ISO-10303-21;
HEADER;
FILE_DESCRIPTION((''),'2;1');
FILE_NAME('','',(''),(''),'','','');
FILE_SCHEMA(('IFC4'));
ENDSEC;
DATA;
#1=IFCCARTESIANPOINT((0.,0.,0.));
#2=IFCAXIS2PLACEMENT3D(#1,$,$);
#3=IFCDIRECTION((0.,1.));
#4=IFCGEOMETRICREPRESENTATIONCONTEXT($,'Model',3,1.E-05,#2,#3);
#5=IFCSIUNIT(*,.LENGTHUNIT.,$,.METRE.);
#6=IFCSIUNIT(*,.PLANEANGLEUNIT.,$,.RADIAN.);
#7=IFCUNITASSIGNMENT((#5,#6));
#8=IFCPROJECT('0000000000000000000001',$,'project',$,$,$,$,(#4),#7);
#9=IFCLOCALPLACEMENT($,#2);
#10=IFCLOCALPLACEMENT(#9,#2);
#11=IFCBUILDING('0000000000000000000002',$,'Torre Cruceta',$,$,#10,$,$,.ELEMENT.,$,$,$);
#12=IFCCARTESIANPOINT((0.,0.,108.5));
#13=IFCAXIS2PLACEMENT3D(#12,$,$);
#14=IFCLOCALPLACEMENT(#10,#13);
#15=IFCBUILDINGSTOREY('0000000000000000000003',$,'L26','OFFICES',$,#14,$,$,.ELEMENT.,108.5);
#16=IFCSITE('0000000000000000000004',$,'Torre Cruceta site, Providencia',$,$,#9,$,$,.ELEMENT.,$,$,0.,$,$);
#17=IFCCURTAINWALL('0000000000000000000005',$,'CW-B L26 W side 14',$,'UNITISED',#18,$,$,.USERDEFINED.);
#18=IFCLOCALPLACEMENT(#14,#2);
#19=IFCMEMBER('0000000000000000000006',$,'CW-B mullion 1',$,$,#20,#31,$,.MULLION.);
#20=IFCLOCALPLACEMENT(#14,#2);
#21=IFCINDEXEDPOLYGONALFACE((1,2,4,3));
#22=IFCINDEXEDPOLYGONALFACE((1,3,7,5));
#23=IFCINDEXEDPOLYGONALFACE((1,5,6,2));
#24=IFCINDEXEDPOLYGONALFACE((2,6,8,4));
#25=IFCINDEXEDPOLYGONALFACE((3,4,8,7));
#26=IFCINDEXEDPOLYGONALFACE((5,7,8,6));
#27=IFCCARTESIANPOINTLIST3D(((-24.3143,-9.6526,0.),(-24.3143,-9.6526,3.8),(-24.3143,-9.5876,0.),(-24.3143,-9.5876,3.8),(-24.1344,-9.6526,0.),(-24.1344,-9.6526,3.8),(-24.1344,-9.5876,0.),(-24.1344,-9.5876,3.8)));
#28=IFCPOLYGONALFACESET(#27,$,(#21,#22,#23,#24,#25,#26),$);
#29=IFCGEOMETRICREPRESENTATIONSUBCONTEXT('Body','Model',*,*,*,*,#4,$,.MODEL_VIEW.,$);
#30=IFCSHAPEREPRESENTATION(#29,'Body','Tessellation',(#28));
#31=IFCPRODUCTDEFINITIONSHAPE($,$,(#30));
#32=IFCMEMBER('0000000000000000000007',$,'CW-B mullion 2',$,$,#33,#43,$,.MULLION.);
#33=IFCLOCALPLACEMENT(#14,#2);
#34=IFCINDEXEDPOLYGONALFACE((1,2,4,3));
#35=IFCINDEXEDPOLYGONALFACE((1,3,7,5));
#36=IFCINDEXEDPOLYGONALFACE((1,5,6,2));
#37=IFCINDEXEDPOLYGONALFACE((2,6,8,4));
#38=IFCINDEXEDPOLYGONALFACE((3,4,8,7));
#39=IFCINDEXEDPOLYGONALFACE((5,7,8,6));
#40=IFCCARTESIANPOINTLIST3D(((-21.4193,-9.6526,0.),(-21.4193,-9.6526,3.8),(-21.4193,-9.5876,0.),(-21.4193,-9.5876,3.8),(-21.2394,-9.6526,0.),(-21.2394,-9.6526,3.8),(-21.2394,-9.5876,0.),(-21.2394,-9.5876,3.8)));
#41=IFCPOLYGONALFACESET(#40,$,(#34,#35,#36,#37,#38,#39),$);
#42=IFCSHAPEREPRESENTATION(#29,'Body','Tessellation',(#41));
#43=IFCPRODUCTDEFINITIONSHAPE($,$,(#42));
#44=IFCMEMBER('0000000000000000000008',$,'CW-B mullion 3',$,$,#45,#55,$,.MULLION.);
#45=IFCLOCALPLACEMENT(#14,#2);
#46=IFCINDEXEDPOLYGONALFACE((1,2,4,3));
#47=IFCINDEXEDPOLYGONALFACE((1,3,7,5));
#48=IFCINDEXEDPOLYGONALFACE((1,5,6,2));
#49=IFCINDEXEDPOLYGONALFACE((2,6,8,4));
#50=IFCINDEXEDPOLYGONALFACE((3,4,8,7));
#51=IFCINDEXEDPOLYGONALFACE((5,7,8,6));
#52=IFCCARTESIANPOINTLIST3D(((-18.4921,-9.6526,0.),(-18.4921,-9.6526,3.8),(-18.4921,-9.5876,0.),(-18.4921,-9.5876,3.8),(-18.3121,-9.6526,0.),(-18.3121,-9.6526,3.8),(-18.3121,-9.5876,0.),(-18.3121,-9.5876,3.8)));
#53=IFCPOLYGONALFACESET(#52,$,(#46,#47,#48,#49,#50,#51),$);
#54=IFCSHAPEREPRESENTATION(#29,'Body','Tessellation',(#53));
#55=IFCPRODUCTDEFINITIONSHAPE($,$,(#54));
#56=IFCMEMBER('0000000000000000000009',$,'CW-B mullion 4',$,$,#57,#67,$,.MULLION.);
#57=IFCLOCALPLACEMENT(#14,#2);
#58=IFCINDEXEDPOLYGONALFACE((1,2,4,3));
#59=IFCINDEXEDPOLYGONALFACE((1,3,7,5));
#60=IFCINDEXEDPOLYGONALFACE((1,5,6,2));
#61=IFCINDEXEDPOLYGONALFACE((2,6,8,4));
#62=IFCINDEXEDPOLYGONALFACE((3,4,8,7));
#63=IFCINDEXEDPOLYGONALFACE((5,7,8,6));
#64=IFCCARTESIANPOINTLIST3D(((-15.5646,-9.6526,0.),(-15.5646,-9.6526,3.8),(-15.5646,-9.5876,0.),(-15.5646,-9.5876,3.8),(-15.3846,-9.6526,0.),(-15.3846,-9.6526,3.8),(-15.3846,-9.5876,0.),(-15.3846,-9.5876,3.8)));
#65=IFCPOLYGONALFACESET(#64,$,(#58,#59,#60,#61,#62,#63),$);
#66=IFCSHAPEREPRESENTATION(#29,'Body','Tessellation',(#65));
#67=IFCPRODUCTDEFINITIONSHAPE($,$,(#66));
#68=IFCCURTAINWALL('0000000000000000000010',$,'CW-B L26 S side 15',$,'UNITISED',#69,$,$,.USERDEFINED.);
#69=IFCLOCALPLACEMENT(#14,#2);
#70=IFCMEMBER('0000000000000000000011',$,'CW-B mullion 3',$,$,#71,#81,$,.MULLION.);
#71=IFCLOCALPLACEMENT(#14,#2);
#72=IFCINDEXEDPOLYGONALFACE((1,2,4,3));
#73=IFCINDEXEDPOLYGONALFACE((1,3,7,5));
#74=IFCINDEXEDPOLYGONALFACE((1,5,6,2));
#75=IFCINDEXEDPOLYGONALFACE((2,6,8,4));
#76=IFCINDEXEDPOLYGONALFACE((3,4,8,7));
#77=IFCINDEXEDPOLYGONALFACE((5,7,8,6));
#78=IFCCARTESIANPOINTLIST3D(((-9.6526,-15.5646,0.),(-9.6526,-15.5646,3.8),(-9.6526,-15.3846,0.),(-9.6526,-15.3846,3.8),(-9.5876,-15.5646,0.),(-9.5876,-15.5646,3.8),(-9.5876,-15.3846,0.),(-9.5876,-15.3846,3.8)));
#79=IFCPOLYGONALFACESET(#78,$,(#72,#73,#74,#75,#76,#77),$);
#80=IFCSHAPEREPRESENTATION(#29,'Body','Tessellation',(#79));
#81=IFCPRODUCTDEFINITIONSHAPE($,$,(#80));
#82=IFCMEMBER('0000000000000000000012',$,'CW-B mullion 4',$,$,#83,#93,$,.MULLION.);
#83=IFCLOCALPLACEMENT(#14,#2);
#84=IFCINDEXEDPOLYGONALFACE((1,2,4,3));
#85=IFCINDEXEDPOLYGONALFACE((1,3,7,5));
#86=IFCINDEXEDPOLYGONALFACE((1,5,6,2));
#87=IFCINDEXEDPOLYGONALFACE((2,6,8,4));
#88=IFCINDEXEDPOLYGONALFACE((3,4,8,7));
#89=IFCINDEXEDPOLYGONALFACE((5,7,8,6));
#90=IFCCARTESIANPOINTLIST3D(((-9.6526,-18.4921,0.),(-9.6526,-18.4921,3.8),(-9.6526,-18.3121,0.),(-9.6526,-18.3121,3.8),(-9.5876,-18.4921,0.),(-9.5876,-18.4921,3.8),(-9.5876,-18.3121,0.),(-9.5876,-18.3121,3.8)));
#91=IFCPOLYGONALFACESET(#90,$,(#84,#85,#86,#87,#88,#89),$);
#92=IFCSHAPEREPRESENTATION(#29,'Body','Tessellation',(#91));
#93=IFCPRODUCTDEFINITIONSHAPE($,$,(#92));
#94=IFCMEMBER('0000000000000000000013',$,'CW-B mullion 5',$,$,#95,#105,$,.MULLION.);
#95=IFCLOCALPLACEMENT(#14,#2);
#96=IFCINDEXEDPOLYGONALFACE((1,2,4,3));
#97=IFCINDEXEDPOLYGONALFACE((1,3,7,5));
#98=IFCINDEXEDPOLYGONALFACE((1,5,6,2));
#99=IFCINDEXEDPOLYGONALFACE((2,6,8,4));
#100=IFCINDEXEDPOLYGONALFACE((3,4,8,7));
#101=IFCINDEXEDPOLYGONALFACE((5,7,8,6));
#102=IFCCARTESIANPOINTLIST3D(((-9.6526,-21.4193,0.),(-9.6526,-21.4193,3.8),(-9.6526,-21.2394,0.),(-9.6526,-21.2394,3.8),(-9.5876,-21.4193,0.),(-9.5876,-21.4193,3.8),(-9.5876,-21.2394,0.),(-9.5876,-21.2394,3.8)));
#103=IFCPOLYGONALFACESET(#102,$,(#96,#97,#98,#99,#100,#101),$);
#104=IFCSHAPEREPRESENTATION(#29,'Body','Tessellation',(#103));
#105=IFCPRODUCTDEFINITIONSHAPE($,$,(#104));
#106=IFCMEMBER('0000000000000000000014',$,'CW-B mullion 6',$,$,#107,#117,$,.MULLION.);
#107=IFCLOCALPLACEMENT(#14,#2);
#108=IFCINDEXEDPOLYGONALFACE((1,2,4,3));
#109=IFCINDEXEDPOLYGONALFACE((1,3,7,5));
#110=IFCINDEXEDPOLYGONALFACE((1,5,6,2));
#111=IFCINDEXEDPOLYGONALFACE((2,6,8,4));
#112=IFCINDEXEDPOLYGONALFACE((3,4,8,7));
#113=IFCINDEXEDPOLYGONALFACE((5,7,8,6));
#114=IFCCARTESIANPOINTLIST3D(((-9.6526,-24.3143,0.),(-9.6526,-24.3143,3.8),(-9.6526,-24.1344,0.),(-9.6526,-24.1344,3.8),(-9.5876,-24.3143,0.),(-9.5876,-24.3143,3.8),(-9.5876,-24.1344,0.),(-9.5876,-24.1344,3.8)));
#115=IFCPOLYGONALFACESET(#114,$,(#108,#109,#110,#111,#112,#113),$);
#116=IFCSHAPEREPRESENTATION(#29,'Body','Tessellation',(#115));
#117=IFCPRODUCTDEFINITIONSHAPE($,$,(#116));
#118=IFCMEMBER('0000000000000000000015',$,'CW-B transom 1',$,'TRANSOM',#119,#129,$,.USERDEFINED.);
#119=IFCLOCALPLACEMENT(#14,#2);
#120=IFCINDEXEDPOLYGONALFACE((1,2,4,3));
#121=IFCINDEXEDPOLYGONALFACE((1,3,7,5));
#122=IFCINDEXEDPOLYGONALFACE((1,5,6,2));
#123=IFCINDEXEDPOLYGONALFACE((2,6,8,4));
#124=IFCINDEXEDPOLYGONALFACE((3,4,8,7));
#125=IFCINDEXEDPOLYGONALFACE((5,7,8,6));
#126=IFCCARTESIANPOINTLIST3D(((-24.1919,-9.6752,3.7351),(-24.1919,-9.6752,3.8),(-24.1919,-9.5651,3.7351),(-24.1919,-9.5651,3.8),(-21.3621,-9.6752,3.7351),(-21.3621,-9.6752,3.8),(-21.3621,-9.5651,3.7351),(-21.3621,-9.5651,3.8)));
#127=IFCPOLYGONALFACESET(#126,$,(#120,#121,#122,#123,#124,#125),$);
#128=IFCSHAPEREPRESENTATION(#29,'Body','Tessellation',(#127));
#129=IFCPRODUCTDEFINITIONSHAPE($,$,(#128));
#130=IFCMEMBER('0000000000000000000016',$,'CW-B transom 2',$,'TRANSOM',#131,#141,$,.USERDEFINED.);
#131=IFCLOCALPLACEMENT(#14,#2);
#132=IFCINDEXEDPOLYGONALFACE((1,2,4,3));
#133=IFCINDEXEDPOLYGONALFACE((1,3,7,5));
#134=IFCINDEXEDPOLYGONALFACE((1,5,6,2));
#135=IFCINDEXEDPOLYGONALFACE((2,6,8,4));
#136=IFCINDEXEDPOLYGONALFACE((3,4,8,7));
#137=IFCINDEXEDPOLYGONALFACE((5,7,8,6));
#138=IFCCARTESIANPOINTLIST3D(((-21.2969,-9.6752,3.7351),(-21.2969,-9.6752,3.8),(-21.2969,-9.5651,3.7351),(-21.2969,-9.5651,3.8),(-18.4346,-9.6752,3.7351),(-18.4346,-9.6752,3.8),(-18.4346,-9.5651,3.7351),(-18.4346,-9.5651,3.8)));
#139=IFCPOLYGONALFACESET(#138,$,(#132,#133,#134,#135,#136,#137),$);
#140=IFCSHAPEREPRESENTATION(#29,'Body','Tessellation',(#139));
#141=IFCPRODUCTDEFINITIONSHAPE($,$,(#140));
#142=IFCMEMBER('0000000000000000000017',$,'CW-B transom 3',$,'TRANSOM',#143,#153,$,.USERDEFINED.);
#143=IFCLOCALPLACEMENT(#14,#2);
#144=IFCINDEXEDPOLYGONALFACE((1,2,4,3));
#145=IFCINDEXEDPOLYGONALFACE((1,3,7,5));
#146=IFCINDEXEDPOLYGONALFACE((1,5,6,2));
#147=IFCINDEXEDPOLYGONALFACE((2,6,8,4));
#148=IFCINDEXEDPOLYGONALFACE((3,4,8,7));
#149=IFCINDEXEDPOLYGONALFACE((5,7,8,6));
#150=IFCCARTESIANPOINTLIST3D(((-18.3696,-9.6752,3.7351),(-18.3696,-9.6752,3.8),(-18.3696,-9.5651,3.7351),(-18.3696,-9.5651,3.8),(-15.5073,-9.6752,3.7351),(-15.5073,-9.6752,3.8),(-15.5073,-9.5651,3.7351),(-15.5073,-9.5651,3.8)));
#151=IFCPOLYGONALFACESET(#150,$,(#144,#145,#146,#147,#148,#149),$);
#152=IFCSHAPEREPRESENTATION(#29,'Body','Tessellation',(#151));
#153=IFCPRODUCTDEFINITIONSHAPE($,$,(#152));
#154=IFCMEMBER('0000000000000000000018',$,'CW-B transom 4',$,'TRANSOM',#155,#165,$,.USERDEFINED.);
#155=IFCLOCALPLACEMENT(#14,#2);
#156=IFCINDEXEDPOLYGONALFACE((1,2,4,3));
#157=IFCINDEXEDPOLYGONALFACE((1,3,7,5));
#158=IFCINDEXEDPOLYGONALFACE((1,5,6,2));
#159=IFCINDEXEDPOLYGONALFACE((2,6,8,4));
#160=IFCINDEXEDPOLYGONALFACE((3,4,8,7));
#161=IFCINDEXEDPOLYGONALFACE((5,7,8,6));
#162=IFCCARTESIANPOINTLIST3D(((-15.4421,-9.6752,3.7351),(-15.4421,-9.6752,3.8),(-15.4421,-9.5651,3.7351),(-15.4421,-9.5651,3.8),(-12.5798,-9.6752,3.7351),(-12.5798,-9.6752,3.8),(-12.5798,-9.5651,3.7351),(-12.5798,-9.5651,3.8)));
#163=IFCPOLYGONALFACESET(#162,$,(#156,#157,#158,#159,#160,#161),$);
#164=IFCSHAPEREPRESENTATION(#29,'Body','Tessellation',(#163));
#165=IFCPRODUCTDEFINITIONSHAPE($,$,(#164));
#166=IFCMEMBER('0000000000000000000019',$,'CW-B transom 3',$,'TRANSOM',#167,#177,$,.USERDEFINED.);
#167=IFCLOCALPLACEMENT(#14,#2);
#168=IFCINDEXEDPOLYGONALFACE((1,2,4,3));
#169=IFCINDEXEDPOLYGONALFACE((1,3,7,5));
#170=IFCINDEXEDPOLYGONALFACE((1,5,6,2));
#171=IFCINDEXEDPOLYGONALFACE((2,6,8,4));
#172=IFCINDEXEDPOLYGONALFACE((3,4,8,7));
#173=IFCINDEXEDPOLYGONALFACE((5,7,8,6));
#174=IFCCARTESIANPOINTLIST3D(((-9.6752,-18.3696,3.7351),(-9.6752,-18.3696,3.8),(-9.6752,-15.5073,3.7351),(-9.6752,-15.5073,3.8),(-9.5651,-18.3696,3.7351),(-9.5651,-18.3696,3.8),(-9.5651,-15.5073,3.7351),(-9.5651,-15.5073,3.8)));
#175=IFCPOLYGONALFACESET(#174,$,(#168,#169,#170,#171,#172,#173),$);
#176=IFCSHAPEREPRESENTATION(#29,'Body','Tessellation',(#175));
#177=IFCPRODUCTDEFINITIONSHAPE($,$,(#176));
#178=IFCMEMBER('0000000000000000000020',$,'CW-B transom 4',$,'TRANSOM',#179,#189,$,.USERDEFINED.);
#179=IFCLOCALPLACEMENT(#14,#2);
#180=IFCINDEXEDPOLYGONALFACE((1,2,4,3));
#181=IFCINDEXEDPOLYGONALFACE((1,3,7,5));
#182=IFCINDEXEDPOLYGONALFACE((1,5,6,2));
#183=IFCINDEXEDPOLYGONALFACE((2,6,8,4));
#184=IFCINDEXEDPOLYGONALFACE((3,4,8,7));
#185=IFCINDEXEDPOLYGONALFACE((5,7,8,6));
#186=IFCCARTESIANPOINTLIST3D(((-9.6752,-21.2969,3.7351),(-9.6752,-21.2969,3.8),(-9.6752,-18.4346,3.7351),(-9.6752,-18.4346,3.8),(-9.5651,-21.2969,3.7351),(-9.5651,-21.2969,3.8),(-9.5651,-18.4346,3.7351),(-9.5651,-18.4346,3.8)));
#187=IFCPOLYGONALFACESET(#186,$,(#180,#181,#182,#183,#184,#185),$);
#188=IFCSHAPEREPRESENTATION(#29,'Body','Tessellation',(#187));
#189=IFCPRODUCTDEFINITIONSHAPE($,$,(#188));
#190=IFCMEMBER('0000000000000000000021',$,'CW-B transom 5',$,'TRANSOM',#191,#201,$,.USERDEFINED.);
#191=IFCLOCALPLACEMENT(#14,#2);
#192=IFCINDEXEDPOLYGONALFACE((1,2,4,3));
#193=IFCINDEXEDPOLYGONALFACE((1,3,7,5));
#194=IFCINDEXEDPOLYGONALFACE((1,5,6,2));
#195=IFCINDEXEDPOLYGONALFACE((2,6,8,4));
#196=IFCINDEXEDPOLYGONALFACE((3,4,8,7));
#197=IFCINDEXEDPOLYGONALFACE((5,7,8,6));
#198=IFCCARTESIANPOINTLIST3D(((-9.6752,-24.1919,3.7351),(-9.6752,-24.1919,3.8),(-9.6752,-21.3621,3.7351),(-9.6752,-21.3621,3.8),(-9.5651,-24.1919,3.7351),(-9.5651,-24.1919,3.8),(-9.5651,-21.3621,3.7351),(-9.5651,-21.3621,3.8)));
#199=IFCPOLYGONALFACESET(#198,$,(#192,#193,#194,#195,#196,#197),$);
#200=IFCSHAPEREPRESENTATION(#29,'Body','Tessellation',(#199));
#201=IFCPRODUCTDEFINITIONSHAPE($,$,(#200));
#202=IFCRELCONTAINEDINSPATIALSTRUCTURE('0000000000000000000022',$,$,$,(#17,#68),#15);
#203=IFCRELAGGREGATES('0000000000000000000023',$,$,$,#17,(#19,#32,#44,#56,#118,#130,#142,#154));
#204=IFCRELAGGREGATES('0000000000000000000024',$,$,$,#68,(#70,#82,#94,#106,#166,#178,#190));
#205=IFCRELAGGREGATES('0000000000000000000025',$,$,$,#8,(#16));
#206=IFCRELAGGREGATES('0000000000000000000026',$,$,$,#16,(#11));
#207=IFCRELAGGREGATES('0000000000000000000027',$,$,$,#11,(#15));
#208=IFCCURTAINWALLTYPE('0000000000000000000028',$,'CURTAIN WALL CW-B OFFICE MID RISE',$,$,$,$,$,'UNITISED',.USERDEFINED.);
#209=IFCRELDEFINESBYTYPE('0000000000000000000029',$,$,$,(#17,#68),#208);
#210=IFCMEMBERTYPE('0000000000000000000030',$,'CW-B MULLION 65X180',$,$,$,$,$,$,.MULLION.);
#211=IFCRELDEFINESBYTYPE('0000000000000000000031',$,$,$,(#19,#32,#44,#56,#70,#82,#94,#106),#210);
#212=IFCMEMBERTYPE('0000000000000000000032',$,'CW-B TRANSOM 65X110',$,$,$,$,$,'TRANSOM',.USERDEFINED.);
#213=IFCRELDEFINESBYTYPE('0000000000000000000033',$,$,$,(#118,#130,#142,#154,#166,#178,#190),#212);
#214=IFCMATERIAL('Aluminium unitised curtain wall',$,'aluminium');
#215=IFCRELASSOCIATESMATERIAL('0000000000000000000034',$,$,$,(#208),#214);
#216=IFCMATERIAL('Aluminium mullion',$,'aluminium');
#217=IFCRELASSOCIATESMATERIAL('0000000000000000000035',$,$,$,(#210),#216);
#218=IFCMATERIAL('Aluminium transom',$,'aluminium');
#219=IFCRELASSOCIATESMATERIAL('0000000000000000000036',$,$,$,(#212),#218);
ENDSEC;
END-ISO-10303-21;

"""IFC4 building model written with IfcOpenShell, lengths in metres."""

from ifc_helpers import new_model, si_unit, direction, frame, origin, origin_2d, place, context, subcontext, project, spatial, rectangle, extrude, material, material_profile, profile_set, type_object, element, aggregate, save


model = new_model("IFC4")

# Units and contexts
model_context = context("Model", 3, precision=1e-05, world=origin(), true_north=direction((0.0, 1.0)))
body_context = subcontext(model_context, "Body", "Model", "MODEL_VIEW")
ifc_project = project(units=[si_unit("LENGTHUNIT", "METRE"), si_unit("PLANEANGLEUNIT", "RADIAN")], contexts=[model_context])

# Site, building, storey
site_placement = place(None, origin())
site = spatial("IfcSite", under=ifc_project, at=site_placement, Name="Torre Cruceta site, Providencia", CompositionType="ELEMENT", RefElevation=0.0)
building_placement = place(site_placement, origin())
building = spatial("IfcBuilding", under=site, at=building_placement, Name="Torre Cruceta", CompositionType="ELEMENT")
storey_placement = place(building_placement, frame((0.0, 0.0, 108.5)))
storey = spatial("IfcBuildingStorey", under=building, at=storey_placement, Name="L26", Description="OFFICES", CompositionType="ELEMENT", Elevation=108.5)

# Curtain walls, members
ifc_material_1 = material(Name="Aluminium unitised curtain wall", Category="aluminium")
curtain_wall_type = type_object("IfcCurtainWallType", Name="CURTAIN WALL CW-B OFFICE MID RISE", ElementType="UNITISED", PredefinedType="USERDEFINED", material=ifc_material_1)
curtain_wall_1_placement = place(storey_placement, origin())
curtain_wall_1 = element("IfcCurtainWall", 1, at=curtain_wall_1_placement, inside=storey, type_object=curtain_wall_type, Name="CW-B L26 W side 14", ObjectType="UNITISED", PredefinedType="USERDEFINED")
ifc_material_2 = material(Name="Aluminium mullion", Category="aluminium")
ifc_material_profile_1 = material_profile(ifc_material_2, rectangle(XDim=0.0649, YDim=0.1799, at=origin_2d()), Name="AL 65X180")
ifc_profile_set_1 = profile_set([ifc_material_profile_1], Name="Aluminium mullion")
member_type_1 = type_object("IfcMemberType", Name="CW-B MULLION 65X180", PredefinedType="MULLION", material=ifc_profile_set_1)
member_1_placement = place(storey_placement, frame((-24.2244, -9.6201, 0.0), z_axis=(0.0, 0.0, 1.0), x_axis=(0.0, 1.0, 0.0)))
member_1 = element("IfcMember", 2, at=member_1_placement, type_object=member_type_1, Name="CW-B mullion 1", PredefinedType="MULLION", context=body_context, shape_type="SweptSolid", body=[
    extrude(rectangle(XDim=0.0649, YDim=0.1799, at=origin_2d()), origin(), (0.0, 0.0, 1.0), 3.8),
])
member_2_placement = place(storey_placement, frame((-21.3293, -9.6201, 0.0), z_axis=(0.0, 0.0, 1.0), x_axis=(0.0, 1.0, 0.0)))
member_2 = element("IfcMember", 3, at=member_2_placement, type_object=member_type_1, Name="CW-B mullion 2", PredefinedType="MULLION", context=body_context, shape_type="SweptSolid", body=[
    extrude(rectangle(XDim=0.0649, YDim=0.1799, at=origin_2d()), origin(), (0.0, 0.0, 1.0), 3.8),
])
member_3_placement = place(storey_placement, frame((-18.4021, -9.6201, 0.0), z_axis=(0.0, 0.0, 1.0), x_axis=(0.0, 1.0, 0.0)))
member_3 = element("IfcMember", 4, at=member_3_placement, type_object=member_type_1, Name="CW-B mullion 3", PredefinedType="MULLION", context=body_context, shape_type="SweptSolid", body=[
    extrude(rectangle(XDim=0.0649, YDim=0.1799, at=origin_2d()), origin(), (0.0, 0.0, 1.0), 3.8),
])
member_4_placement = place(storey_placement, frame((-15.4746, -9.6201, 0.0), z_axis=(0.0, 0.0, 1.0), x_axis=(0.0, 1.0, 0.0)))
member_4 = element("IfcMember", 5, at=member_4_placement, type_object=member_type_1, Name="CW-B mullion 4", PredefinedType="MULLION", context=body_context, shape_type="SweptSolid", body=[
    extrude(rectangle(XDim=0.0649, YDim=0.1799, at=origin_2d()), origin(), (0.0, 0.0, 1.0), 3.8),
])
curtain_wall_2_placement = place(storey_placement, origin())
curtain_wall_2 = element("IfcCurtainWall", 6, at=curtain_wall_2_placement, inside=storey, type_object=curtain_wall_type, Name="CW-B L26 S side 15", ObjectType="UNITISED", PredefinedType="USERDEFINED")
member_5_placement = place(storey_placement, frame((-9.6201, -15.4746, 0.0), z_axis=(0.0, 0.0, 1.0), x_axis=(1.0, 0.0, 0.0)))
member_5 = element("IfcMember", 7, at=member_5_placement, type_object=member_type_1, Name="CW-B mullion 3", PredefinedType="MULLION", context=body_context, shape_type="SweptSolid", body=[
    extrude(rectangle(XDim=0.0649, YDim=0.1799, at=origin_2d()), origin(), (0.0, 0.0, 1.0), 3.8),
])
member_6_placement = place(storey_placement, frame((-9.6201, -18.4021, 0.0), z_axis=(0.0, 0.0, 1.0), x_axis=(1.0, 0.0, 0.0)))
member_6 = element("IfcMember", 8, at=member_6_placement, type_object=member_type_1, Name="CW-B mullion 4", PredefinedType="MULLION", context=body_context, shape_type="SweptSolid", body=[
    extrude(rectangle(XDim=0.0649, YDim=0.1799, at=origin_2d()), origin(), (0.0, 0.0, 1.0), 3.8),
])
member_7_placement = place(storey_placement, frame((-9.6201, -21.3293, 0.0), z_axis=(0.0, 0.0, 1.0), x_axis=(1.0, 0.0, 0.0)))
member_7 = element("IfcMember", 9, at=member_7_placement, type_object=member_type_1, Name="CW-B mullion 5", PredefinedType="MULLION", context=body_context, shape_type="SweptSolid", body=[
    extrude(rectangle(XDim=0.0649, YDim=0.1799, at=origin_2d()), origin(), (0.0, 0.0, 1.0), 3.8),
])
member_8_placement = place(storey_placement, frame((-9.6201, -24.2244, 0.0), z_axis=(0.0, 0.0, 1.0), x_axis=(1.0, 0.0, 0.0)))
member_8 = element("IfcMember", 10, at=member_8_placement, type_object=member_type_1, Name="CW-B mullion 6", PredefinedType="MULLION", context=body_context, shape_type="SweptSolid", body=[
    extrude(rectangle(XDim=0.0649, YDim=0.1799, at=origin_2d()), origin(), (0.0, 0.0, 1.0), 3.8),
])

# Members
ifc_material_3 = material(Name="Aluminium transom", Category="aluminium")
ifc_material_profile_2 = material_profile(ifc_material_3, rectangle(XDim=0.1101, YDim=0.0649, at=origin_2d()), Name="AL 110X65")
ifc_profile_set_2 = profile_set([ifc_material_profile_2], Name="Aluminium transom")
member_type_2 = type_object("IfcMemberType", Name="CW-B TRANSOM 65X110", ElementType="TRANSOM", PredefinedType="USERDEFINED", material=ifc_profile_set_2)
member_9_placement = place(storey_placement, frame((-24.1919, -9.6201, 3.7676), z_axis=(1.0, 0.0, 0.0), x_axis=(0.0, 1.0, 0.0)))
member_9 = element("IfcMember", 11, at=member_9_placement, type_object=member_type_2, Name="CW-B transom 1", ObjectType="TRANSOM", PredefinedType="USERDEFINED", context=body_context, shape_type="SweptSolid", body=[
    extrude(rectangle(XDim=0.1101, YDim=0.0649, at=origin_2d()), origin(), (0.0, 0.0, 1.0), 2.8298),
])
member_10_placement = place(storey_placement, frame((-21.2969, -9.6201, 3.7676), z_axis=(1.0, 0.0, 0.0), x_axis=(0.0, 1.0, 0.0)))
member_10 = element("IfcMember", 12, at=member_10_placement, type_object=member_type_2, Name="CW-B transom 2", ObjectType="TRANSOM", PredefinedType="USERDEFINED", context=body_context, shape_type="SweptSolid", body=[
    extrude(rectangle(XDim=0.1101, YDim=0.0649, at=origin_2d()), origin(), (0.0, 0.0, 1.0), 2.8623),
])
member_11_placement = place(storey_placement, frame((-18.3696, -9.6201, 3.7676), z_axis=(1.0, 0.0, 0.0), x_axis=(0.0, 1.0, 0.0)))
member_11 = element("IfcMember", 13, at=member_11_placement, type_object=member_type_2, Name="CW-B transom 3", ObjectType="TRANSOM", PredefinedType="USERDEFINED", context=body_context, shape_type="SweptSolid", body=[
    extrude(rectangle(XDim=0.1101, YDim=0.0649, at=origin_2d()), origin(), (0.0, 0.0, 1.0), 2.8623),
])
member_12_placement = place(storey_placement, frame((-15.4421, -9.6201, 3.7676), z_axis=(1.0, 0.0, 0.0), x_axis=(0.0, 1.0, 0.0)))
member_12 = element("IfcMember", 14, at=member_12_placement, type_object=member_type_2, Name="CW-B transom 4", ObjectType="TRANSOM", PredefinedType="USERDEFINED", context=body_context, shape_type="SweptSolid", body=[
    extrude(rectangle(XDim=0.1101, YDim=0.0649, at=origin_2d()), origin(), (0.0, 0.0, 1.0), 2.8623),
])
member_13_placement = place(storey_placement, frame((-9.6201, -15.5073, 3.7676), z_axis=(0.0, -1.0, 0.0), x_axis=(1.0, 0.0, 0.0)))
member_13 = element("IfcMember", 15, at=member_13_placement, type_object=member_type_2, Name="CW-B transom 3", ObjectType="TRANSOM", PredefinedType="USERDEFINED", context=body_context, shape_type="SweptSolid", body=[
    extrude(rectangle(XDim=0.1101, YDim=0.0649, at=origin_2d()), origin(), (0.0, 0.0, 1.0), 2.8623),
])
member_14_placement = place(storey_placement, frame((-9.6201, -18.4346, 3.7676), z_axis=(0.0, -1.0, 0.0), x_axis=(1.0, 0.0, 0.0)))
member_14 = element("IfcMember", 16, at=member_14_placement, type_object=member_type_2, Name="CW-B transom 4", ObjectType="TRANSOM", PredefinedType="USERDEFINED", context=body_context, shape_type="SweptSolid", body=[
    extrude(rectangle(XDim=0.1101, YDim=0.0649, at=origin_2d()), origin(), (0.0, 0.0, 1.0), 2.8623),
])
member_15_placement = place(storey_placement, frame((-9.6201, -21.3621, 3.7676), z_axis=(0.0, -1.0, 0.0), x_axis=(1.0, 0.0, 0.0)))
member_15 = element("IfcMember", 17, at=member_15_placement, type_object=member_type_2, Name="CW-B transom 5", ObjectType="TRANSOM", PredefinedType="USERDEFINED", context=body_context, shape_type="SweptSolid", body=[
    extrude(rectangle(XDim=0.1101, YDim=0.0649, at=origin_2d()), origin(), (0.0, 0.0, 1.0), 2.8298),
])

aggregate(curtain_wall_1, [member_1, member_2, member_3, member_4, member_9, member_10, member_11, member_12])
aggregate(curtain_wall_2, [member_5, member_6, member_7, member_8, member_13, member_14, member_15])

save(model, "model.ifc")
